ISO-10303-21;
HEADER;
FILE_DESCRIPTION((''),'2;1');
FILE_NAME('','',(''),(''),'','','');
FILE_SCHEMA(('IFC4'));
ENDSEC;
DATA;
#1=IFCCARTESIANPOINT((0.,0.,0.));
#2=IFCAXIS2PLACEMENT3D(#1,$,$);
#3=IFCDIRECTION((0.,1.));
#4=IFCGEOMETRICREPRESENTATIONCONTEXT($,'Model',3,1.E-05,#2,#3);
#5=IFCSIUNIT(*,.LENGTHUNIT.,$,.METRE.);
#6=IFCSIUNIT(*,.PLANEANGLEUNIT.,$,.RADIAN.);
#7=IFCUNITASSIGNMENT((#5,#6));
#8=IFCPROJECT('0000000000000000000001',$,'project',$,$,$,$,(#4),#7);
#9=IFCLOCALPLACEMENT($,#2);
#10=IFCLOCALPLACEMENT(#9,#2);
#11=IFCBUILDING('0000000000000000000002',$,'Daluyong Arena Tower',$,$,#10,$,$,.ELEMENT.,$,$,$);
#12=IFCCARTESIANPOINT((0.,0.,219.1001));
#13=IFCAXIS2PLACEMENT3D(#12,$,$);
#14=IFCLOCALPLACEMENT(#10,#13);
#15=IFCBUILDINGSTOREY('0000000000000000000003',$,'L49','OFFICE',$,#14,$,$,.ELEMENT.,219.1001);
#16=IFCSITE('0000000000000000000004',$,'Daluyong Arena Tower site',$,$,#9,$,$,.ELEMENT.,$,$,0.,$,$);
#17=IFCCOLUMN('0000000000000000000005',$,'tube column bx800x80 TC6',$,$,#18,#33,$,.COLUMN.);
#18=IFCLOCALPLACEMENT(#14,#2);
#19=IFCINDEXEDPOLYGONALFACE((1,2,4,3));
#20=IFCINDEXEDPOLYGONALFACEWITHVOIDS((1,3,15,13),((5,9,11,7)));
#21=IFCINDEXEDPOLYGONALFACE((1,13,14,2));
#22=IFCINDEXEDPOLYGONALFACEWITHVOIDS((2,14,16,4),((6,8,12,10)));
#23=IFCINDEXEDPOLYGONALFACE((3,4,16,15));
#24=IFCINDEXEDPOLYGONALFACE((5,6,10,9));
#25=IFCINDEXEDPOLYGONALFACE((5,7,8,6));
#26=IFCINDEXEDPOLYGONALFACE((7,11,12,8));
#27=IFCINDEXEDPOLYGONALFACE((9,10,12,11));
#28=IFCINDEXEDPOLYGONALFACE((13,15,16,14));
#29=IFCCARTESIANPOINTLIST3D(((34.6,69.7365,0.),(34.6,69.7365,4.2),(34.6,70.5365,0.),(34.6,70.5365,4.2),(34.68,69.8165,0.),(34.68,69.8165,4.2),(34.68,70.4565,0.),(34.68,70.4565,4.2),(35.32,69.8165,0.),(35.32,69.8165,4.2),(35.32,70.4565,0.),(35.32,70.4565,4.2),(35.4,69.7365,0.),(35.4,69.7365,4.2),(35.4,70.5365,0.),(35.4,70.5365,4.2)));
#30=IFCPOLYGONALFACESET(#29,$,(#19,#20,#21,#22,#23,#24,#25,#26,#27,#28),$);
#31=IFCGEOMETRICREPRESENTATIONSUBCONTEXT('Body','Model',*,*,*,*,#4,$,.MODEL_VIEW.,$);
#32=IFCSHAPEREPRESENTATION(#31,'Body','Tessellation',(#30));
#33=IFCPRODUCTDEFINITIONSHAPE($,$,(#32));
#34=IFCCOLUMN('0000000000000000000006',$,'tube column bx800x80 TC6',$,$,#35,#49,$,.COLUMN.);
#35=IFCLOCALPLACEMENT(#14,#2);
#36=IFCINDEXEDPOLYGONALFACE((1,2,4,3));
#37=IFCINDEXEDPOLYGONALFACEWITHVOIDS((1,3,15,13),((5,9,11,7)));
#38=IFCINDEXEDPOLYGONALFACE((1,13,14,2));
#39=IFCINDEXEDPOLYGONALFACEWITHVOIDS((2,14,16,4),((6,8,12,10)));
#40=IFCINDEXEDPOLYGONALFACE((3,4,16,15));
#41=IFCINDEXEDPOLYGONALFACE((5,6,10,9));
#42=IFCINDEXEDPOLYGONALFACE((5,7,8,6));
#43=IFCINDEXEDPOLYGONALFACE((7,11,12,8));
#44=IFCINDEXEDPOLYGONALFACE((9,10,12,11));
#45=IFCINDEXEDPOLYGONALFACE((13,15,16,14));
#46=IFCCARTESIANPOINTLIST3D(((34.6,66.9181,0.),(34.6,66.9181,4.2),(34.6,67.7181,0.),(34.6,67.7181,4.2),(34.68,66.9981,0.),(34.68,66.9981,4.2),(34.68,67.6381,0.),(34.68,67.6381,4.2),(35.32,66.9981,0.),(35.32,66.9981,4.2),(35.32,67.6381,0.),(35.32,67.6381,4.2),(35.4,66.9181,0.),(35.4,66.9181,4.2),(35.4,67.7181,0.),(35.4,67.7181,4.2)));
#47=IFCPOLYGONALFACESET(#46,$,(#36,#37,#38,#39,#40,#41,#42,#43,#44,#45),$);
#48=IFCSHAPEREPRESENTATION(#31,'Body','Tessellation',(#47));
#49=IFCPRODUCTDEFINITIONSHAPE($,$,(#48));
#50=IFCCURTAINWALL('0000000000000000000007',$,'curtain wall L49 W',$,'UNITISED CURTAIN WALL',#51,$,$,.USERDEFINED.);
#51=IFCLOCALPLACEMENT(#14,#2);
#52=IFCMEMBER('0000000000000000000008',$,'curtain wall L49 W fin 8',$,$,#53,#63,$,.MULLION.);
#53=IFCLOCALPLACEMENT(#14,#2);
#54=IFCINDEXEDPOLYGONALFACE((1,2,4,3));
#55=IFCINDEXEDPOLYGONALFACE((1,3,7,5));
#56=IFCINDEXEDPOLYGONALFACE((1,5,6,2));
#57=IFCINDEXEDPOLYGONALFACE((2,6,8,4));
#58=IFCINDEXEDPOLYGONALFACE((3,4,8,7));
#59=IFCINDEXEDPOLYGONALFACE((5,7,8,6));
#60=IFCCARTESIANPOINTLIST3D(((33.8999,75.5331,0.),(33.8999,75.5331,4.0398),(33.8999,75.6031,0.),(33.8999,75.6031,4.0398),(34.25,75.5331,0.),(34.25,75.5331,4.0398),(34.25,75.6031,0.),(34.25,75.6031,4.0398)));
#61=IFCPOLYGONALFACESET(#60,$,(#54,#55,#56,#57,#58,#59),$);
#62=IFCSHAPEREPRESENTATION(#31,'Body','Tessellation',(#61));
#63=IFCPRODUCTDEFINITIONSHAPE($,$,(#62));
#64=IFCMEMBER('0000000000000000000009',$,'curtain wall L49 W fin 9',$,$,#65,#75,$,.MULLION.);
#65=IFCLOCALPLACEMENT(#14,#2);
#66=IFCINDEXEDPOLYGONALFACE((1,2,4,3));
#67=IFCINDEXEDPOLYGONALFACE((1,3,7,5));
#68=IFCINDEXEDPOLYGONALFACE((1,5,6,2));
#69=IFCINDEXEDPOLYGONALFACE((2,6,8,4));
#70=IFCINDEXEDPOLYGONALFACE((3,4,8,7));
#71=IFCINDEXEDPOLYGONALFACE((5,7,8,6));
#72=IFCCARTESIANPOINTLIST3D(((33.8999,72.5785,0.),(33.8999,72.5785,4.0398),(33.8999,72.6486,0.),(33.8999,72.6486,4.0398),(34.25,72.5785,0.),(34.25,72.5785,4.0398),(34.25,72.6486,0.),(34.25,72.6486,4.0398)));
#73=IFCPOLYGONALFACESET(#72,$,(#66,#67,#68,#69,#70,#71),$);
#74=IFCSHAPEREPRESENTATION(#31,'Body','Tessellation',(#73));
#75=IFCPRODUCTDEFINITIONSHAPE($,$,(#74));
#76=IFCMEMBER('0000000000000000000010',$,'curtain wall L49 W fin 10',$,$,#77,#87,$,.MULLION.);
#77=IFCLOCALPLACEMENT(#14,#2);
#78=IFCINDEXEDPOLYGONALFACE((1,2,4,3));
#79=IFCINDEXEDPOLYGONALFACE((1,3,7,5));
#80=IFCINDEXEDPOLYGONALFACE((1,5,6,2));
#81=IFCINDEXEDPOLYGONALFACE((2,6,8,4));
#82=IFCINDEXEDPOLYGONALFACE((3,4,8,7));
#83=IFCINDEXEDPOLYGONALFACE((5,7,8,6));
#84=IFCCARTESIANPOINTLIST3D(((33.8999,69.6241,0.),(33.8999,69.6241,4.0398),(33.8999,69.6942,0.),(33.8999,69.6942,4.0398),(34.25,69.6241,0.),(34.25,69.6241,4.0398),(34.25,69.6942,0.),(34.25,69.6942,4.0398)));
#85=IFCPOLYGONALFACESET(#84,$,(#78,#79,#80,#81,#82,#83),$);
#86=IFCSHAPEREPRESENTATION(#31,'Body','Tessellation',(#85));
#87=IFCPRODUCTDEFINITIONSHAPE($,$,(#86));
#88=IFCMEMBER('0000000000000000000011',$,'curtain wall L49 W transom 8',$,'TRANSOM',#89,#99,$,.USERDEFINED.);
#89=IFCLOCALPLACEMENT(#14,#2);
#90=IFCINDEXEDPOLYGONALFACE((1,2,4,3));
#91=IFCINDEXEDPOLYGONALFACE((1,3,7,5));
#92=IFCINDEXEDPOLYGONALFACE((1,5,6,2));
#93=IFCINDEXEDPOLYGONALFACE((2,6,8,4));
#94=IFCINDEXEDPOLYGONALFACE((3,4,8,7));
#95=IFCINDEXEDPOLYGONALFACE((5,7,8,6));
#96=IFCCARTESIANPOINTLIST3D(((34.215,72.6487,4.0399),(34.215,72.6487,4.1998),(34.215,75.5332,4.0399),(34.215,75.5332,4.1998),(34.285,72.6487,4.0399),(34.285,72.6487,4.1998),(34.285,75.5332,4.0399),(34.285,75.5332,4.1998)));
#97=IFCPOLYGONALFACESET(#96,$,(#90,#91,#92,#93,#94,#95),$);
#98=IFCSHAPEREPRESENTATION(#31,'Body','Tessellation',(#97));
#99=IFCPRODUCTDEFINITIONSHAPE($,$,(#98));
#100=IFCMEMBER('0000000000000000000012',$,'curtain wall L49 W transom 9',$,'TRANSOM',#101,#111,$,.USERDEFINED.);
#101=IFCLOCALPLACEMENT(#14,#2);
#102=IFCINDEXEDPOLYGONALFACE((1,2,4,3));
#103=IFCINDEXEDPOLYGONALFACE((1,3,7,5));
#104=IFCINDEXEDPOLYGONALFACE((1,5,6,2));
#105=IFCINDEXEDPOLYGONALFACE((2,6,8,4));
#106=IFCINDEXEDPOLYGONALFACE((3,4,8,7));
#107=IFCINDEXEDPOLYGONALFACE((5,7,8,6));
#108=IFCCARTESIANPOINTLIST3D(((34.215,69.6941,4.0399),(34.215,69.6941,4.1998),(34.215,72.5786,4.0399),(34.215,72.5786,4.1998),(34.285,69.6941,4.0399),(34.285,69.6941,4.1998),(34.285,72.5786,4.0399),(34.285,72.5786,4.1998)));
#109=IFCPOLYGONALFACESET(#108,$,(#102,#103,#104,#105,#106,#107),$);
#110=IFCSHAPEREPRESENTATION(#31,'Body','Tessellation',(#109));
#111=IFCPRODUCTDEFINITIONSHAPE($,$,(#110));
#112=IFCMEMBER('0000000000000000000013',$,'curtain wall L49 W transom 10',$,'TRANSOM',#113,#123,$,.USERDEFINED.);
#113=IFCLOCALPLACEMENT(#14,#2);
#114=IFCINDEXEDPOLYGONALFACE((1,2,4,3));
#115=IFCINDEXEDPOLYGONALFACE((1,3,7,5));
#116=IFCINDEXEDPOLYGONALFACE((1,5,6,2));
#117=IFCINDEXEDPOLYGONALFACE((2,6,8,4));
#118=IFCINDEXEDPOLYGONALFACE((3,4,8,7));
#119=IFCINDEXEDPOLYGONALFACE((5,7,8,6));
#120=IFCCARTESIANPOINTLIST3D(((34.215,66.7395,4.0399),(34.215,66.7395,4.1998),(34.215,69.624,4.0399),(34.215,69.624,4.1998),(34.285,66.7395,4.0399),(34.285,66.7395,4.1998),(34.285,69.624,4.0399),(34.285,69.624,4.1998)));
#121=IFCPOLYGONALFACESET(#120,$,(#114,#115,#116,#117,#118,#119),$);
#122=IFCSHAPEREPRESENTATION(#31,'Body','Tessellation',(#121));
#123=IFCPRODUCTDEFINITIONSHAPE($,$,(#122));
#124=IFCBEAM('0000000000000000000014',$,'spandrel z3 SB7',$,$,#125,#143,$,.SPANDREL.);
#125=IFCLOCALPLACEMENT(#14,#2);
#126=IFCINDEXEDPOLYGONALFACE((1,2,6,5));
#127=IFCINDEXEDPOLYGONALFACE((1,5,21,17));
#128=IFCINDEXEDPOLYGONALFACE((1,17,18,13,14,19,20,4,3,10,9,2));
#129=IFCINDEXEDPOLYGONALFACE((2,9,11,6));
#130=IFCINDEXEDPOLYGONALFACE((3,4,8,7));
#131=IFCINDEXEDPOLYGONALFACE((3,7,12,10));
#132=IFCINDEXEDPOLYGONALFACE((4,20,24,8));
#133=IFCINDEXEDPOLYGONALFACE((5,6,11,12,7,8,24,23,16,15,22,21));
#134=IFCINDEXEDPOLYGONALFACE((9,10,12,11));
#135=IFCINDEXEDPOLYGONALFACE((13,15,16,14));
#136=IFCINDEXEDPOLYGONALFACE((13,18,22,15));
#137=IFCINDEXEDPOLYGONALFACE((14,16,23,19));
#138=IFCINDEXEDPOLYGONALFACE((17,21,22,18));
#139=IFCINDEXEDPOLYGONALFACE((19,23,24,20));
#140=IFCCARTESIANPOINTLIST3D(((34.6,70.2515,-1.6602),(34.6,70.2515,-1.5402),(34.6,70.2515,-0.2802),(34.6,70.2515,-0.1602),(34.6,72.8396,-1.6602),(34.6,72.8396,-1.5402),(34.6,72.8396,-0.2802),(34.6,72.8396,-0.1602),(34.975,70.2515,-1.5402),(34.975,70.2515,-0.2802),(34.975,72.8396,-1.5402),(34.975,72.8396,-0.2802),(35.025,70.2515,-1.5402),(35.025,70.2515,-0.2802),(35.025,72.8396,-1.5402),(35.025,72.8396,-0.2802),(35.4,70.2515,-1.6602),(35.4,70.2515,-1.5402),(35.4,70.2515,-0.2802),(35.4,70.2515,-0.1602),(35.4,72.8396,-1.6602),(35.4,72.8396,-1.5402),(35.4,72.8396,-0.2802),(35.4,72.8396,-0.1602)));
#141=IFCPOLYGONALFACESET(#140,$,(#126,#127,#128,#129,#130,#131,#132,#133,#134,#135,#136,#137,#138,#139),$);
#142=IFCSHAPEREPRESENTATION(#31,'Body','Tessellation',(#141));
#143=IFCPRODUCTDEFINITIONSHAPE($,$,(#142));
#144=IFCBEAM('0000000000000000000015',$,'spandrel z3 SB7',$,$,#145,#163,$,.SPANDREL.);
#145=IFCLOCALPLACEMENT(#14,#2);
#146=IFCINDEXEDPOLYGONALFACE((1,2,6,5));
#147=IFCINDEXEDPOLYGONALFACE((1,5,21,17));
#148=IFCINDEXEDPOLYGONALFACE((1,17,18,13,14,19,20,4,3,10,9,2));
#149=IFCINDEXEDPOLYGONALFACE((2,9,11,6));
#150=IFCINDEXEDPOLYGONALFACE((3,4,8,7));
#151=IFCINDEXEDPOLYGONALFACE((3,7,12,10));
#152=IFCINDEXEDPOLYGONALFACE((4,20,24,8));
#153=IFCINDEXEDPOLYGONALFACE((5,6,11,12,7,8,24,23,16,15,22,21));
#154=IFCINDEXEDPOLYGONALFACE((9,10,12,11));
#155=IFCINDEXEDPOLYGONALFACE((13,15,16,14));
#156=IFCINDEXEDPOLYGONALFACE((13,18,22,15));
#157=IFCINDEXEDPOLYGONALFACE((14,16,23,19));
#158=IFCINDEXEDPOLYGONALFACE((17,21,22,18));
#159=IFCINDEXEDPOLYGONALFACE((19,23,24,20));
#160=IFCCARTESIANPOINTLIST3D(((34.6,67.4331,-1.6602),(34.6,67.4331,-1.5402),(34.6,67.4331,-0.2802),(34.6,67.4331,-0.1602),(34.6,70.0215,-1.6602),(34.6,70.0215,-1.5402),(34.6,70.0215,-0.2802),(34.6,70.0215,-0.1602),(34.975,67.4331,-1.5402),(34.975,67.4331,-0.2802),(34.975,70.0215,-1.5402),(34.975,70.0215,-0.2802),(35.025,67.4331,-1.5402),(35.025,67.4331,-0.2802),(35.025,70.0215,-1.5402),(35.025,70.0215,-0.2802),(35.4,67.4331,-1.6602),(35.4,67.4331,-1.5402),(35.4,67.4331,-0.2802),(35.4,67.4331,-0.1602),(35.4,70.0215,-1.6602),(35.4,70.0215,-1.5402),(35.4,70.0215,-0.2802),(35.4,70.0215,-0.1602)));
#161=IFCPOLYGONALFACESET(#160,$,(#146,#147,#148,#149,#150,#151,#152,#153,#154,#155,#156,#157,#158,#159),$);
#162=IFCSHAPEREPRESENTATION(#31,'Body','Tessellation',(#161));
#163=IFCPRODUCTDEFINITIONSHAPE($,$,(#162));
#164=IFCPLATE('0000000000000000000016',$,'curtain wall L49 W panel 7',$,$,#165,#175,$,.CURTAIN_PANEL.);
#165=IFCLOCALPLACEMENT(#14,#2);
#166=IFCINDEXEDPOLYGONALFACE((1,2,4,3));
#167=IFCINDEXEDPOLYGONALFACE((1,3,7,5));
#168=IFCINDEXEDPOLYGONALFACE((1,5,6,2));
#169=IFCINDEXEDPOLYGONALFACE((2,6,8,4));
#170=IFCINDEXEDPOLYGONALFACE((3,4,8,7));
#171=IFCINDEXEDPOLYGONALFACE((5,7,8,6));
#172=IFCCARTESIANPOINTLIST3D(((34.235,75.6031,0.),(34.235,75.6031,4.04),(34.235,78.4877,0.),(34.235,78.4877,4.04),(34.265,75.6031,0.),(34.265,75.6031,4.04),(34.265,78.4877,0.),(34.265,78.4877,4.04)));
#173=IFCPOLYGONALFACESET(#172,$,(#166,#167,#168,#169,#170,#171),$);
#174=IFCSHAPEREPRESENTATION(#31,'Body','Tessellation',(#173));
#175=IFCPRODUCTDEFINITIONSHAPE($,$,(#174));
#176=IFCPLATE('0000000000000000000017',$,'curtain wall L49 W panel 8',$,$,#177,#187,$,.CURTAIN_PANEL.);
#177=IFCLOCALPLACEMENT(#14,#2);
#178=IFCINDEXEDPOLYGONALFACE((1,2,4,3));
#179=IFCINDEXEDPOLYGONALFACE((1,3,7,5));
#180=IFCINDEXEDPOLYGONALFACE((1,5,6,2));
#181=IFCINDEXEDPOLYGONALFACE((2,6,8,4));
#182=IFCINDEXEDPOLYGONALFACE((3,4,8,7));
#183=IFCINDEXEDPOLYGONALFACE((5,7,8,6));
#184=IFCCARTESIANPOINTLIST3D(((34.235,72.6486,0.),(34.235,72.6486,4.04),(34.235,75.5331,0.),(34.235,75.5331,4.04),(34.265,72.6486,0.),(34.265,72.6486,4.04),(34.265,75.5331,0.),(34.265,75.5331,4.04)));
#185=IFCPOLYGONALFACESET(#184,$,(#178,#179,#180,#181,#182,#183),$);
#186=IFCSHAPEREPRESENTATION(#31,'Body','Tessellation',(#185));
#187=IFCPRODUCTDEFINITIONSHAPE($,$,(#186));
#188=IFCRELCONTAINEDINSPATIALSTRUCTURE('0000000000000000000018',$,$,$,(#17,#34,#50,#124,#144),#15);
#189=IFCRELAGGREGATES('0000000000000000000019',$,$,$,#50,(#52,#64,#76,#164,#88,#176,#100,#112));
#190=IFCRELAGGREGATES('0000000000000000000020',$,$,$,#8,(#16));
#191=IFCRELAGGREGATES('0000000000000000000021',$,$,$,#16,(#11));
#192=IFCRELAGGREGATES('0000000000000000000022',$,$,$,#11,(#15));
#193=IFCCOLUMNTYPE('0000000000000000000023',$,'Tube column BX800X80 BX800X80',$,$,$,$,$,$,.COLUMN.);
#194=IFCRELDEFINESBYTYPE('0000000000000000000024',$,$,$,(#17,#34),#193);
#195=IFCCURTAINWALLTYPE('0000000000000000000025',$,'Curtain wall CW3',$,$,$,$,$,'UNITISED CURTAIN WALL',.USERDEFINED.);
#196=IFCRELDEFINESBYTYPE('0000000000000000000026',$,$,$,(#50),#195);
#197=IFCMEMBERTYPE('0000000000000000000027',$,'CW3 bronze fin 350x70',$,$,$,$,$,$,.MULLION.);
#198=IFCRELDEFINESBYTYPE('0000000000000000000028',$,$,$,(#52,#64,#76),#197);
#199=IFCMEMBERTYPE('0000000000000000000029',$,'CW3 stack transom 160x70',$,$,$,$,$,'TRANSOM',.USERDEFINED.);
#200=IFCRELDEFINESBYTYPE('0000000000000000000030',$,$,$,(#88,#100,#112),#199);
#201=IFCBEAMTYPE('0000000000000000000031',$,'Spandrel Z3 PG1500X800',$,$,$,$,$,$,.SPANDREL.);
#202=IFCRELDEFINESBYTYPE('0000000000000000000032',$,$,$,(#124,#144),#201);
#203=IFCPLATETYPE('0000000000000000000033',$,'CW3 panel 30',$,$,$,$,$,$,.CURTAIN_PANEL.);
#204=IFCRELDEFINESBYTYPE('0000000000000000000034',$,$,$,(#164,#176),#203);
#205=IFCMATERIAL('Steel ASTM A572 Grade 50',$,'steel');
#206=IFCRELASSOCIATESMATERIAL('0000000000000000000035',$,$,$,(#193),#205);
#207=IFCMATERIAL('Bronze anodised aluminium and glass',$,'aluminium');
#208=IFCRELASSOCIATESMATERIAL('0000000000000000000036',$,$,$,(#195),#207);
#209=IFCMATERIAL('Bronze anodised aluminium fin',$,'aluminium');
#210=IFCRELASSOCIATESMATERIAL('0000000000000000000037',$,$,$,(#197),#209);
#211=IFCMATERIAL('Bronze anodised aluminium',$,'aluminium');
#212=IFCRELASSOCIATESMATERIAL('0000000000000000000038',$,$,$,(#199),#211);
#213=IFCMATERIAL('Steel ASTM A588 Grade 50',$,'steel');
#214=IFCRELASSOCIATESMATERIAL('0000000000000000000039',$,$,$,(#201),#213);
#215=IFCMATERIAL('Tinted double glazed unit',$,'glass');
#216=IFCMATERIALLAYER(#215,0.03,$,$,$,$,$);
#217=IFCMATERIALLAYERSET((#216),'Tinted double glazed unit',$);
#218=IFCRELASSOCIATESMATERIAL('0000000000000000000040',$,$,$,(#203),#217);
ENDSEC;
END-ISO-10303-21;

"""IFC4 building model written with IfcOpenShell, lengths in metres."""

from ifc_helpers import new_model, si_unit, direction, frame, origin, origin_2d, place, context, subcontext, project, spatial, rectangle, hollow_rectangle, i_section, extrude, material, layer, layer_set, material_profile, profile_set, type_object, element, aggregate, save


model = new_model("IFC4")

# Units and contexts
model_context = context("Model", 3, precision=1e-05, world=origin(), true_north=direction((0.0, 1.0)))
body_context = subcontext(model_context, "Body", "Model", "MODEL_VIEW")
ifc_project = project(units=[si_unit("LENGTHUNIT", "METRE"), si_unit("PLANEANGLEUNIT", "RADIAN")], contexts=[model_context])

# Site, building, storey
site_placement = place(None, origin())
site = spatial("IfcSite", under=ifc_project, at=site_placement, Name="Daluyong Arena Tower site", CompositionType="ELEMENT", RefElevation=0.0)
building_placement = place(site_placement, origin())
building = spatial("IfcBuilding", under=site, at=building_placement, Name="Daluyong Arena Tower", CompositionType="ELEMENT")
storey_placement = place(building_placement, frame((0.0, 0.0, 219.1001)))
storey = spatial("IfcBuildingStorey", under=building, at=storey_placement, Name="L49", Description="OFFICE", CompositionType="ELEMENT", Elevation=219.1001)

# Columns
ifc_material_1 = material(Name="Steel ASTM A572 Grade 50", Category="steel")
ifc_material_profile_1 = material_profile(ifc_material_1, hollow_rectangle(XDim=0.8, YDim=0.8, WallThickness=0.08, at=origin_2d()))
ifc_profile_set_1 = profile_set([ifc_material_profile_1], Name="Steel ASTM A572 Grade 50")
column_type = type_object("IfcColumnType", Name="Tube column BX800X80 BX800X80", PredefinedType="COLUMN", material=ifc_profile_set_1)
for number, where, z_axis, x_axis, name in (
    (1, (35.0, 70.1365, 0.0), (0.0, 0.0, 1.0), (0.0, 1.0, 0.0), "tube column bx800x80 TC6"),
    (2, (35.0, 67.3181, 0.0), (0.0, 0.0, 1.0), (0.0, 1.0, 0.0), "tube column bx800x80 TC6"),
):
    element("IfcColumn", number, at=place(storey_placement, frame(where, z_axis=z_axis, x_axis=x_axis)), inside=storey, type_object=column_type, Name=name, PredefinedType="COLUMN", context=body_context, shape_type="SweptSolid", body=[
        extrude(hollow_rectangle(XDim=0.8, YDim=0.8, WallThickness=0.08, at=origin_2d()), origin(), (0.0, 0.0, 1.0), 4.2),
    ])

# Curtain wall, members
ifc_material_2 = material(Name="Bronze anodised aluminium and glass", Category="aluminium")
curtain_wall_type = type_object("IfcCurtainWallType", Name="Curtain wall CW3", ElementType="UNITISED CURTAIN WALL", PredefinedType="USERDEFINED", material=ifc_material_2)
curtain_wall_placement = place(storey_placement, origin())
curtain_wall = element("IfcCurtainWall", 3, at=curtain_wall_placement, inside=storey, type_object=curtain_wall_type, Name="curtain wall L49 W", ObjectType="UNITISED CURTAIN WALL", PredefinedType="USERDEFINED")
ifc_material_3 = material(Name="Bronze anodised aluminium fin", Category="aluminium")
ifc_material_profile_2 = material_profile(ifc_material_3, rectangle(XDim=0.3501, YDim=0.0701, at=origin_2d()))
ifc_profile_set_2 = profile_set([ifc_material_profile_2], Name="Bronze anodised aluminium fin")
member_type_1 = type_object("IfcMemberType", Name="CW3 bronze fin 350x70", PredefinedType="MULLION", material=ifc_profile_set_2)
member_1_placement = place(storey_placement, frame((34.075, 75.5681, 0.0), z_axis=(0.0, 0.0, 1.0), x_axis=(1.0, 0.0, 0.0)))
member_1 = element("IfcMember", 4, at=member_1_placement, type_object=member_type_1, Name="curtain wall L49 W fin 8", PredefinedType="MULLION", context=body_context, shape_type="SweptSolid", body=[
    extrude(rectangle(XDim=0.3501, YDim=0.0701, at=origin_2d()), origin(), (0.0, 0.0, 1.0), 4.0398),
])
member_2_placement = place(storey_placement, frame((34.075, 72.6135, 0.0), z_axis=(0.0, 0.0, 1.0), x_axis=(1.0, 0.0, 0.0)))
member_2 = element("IfcMember", 5, at=member_2_placement, type_object=member_type_1, Name="curtain wall L49 W fin 9", PredefinedType="MULLION", context=body_context, shape_type="SweptSolid", body=[
    extrude(rectangle(XDim=0.3501, YDim=0.0701, at=origin_2d()), origin(), (0.0, 0.0, 1.0), 4.0398),
])
member_3_placement = place(storey_placement, frame((34.075, 69.6592, 0.0), z_axis=(0.0, 0.0, 1.0), x_axis=(1.0, 0.0, 0.0)))
member_3 = element("IfcMember", 6, at=member_3_placement, type_object=member_type_1, Name="curtain wall L49 W fin 10", PredefinedType="MULLION", context=body_context, shape_type="SweptSolid", body=[
    extrude(rectangle(XDim=0.3501, YDim=0.0701, at=origin_2d()), origin(), (0.0, 0.0, 1.0), 4.0398),
])
ifc_material_4 = material(Name="Bronze anodised aluminium", Category="aluminium")
ifc_material_profile_3 = material_profile(ifc_material_4, rectangle(XDim=0.0701, YDim=0.1599, at=origin_2d()))
ifc_profile_set_3 = profile_set([ifc_material_profile_3], Name="Bronze anodised aluminium")
member_type_2 = type_object("IfcMemberType", Name="CW3 stack transom 160x70", ElementType="TRANSOM", PredefinedType="USERDEFINED", material=ifc_profile_set_3)
member_4_placement = place(storey_placement, frame((34.25, 75.5332, 4.1199), z_axis=(0.0, -1.0, 0.0), x_axis=(1.0, 0.0, 0.0)))
member_4 = element("IfcMember", 7, at=member_4_placement, type_object=member_type_2, Name="curtain wall L49 W transom 8", ObjectType="TRANSOM", PredefinedType="USERDEFINED", context=body_context, shape_type="SweptSolid", body=[
    extrude(rectangle(XDim=0.0701, YDim=0.1599, at=origin_2d()), origin(), (0.0, 0.0, 1.0), 2.8845),
])
member_5_placement = place(storey_placement, frame((34.25, 72.5786, 4.1199), z_axis=(0.0, -1.0, 0.0), x_axis=(1.0, 0.0, 0.0)))
member_5 = element("IfcMember", 8, at=member_5_placement, type_object=member_type_2, Name="curtain wall L49 W transom 9", ObjectType="TRANSOM", PredefinedType="USERDEFINED", context=body_context, shape_type="SweptSolid", body=[
    extrude(rectangle(XDim=0.0701, YDim=0.1599, at=origin_2d()), origin(), (0.0, 0.0, 1.0), 2.8845),
])
member_6_placement = place(storey_placement, frame((34.25, 69.624, 4.1199), z_axis=(0.0, -1.0, 0.0), x_axis=(1.0, 0.0, 0.0)))
member_6 = element("IfcMember", 9, at=member_6_placement, type_object=member_type_2, Name="curtain wall L49 W transom 10", ObjectType="TRANSOM", PredefinedType="USERDEFINED", context=body_context, shape_type="SweptSolid", body=[
    extrude(rectangle(XDim=0.0701, YDim=0.1599, at=origin_2d()), origin(), (0.0, 0.0, 1.0), 2.8845),
])

# Beams
ifc_material_5 = material(Name="Steel ASTM A588 Grade 50", Category="steel")
ifc_material_profile_4 = material_profile(ifc_material_5, i_section(OverallWidth=0.8, OverallDepth=1.5, WebThickness=0.05, FlangeThickness=0.12, at=origin_2d()))
ifc_profile_set_4 = profile_set([ifc_material_profile_4], Name="Steel ASTM A588 Grade 50")
beam_type = type_object("IfcBeamType", Name="Spandrel Z3 PG1500X800", PredefinedType="SPANDREL", material=ifc_profile_set_4)
beam_1_placement = place(storey_placement, frame((35.0, 72.8396, -0.9102), z_axis=(0.0, -1.0, 0.0), x_axis=(1.0, 0.0, 0.0)))
element("IfcBeam", 10, at=beam_1_placement, inside=storey, type_object=beam_type, Name="spandrel z3 SB7", PredefinedType="SPANDREL", context=body_context, shape_type="SweptSolid", body=[
    extrude(i_section(OverallWidth=0.8, OverallDepth=1.5, WebThickness=0.05, FlangeThickness=0.12, at=origin_2d()), origin(), (0.0, 0.0, 1.0), 2.5881),
])
beam_2_placement = place(storey_placement, frame((35.0, 70.0215, -0.9102), z_axis=(0.0, -1.0, 0.0), x_axis=(1.0, 0.0, 0.0)))
element("IfcBeam", 11, at=beam_2_placement, inside=storey, type_object=beam_type, Name="spandrel z3 SB7", PredefinedType="SPANDREL", context=body_context, shape_type="SweptSolid", body=[
    extrude(i_section(OverallWidth=0.8, OverallDepth=1.5, WebThickness=0.05, FlangeThickness=0.12, at=origin_2d()), origin(), (0.0, 0.0, 1.0), 2.5884),
])

# Plates
ifc_material_6 = material(Name="Tinted double glazed unit", Category="glass")
ifc_layer = layer(ifc_material_6, 0.03)
ifc_layer_set = layer_set([ifc_layer], Name="Tinted double glazed unit")
plate_type = type_object("IfcPlateType", Name="CW3 panel 30", PredefinedType="CURTAIN_PANEL", material=ifc_layer_set)
plate_1_placement = place(storey_placement, frame((34.25, 77.0454, 0.0), z_axis=(0.0, 0.0, 1.0), x_axis=(0.0, -1.0, 0.0)))
plate_1 = element("IfcPlate", 12, at=plate_1_placement, type_object=plate_type, Name="curtain wall L49 W panel 7", PredefinedType="CURTAIN_PANEL", context=body_context, shape_type="SweptSolid", body=[
    extrude(rectangle(XDim=2.8845, YDim=0.03, at=origin_2d()), origin(), (0.0, 0.0, 1.0), 4.04),
])
plate_2_placement = place(storey_placement, frame((34.25, 74.0908, 0.0), z_axis=(0.0, 0.0, 1.0), x_axis=(0.0, -1.0, 0.0)))
plate_2 = element("IfcPlate", 13, at=plate_2_placement, type_object=plate_type, Name="curtain wall L49 W panel 8", PredefinedType="CURTAIN_PANEL", context=body_context, shape_type="SweptSolid", body=[
    extrude(rectangle(XDim=2.8845, YDim=0.03, at=origin_2d()), origin(), (0.0, 0.0, 1.0), 4.04),
])
aggregate(curtain_wall, [member_1, member_2, member_3, plate_1, member_4, plate_2, member_5, member_6])

save(model, "model.ifc")
